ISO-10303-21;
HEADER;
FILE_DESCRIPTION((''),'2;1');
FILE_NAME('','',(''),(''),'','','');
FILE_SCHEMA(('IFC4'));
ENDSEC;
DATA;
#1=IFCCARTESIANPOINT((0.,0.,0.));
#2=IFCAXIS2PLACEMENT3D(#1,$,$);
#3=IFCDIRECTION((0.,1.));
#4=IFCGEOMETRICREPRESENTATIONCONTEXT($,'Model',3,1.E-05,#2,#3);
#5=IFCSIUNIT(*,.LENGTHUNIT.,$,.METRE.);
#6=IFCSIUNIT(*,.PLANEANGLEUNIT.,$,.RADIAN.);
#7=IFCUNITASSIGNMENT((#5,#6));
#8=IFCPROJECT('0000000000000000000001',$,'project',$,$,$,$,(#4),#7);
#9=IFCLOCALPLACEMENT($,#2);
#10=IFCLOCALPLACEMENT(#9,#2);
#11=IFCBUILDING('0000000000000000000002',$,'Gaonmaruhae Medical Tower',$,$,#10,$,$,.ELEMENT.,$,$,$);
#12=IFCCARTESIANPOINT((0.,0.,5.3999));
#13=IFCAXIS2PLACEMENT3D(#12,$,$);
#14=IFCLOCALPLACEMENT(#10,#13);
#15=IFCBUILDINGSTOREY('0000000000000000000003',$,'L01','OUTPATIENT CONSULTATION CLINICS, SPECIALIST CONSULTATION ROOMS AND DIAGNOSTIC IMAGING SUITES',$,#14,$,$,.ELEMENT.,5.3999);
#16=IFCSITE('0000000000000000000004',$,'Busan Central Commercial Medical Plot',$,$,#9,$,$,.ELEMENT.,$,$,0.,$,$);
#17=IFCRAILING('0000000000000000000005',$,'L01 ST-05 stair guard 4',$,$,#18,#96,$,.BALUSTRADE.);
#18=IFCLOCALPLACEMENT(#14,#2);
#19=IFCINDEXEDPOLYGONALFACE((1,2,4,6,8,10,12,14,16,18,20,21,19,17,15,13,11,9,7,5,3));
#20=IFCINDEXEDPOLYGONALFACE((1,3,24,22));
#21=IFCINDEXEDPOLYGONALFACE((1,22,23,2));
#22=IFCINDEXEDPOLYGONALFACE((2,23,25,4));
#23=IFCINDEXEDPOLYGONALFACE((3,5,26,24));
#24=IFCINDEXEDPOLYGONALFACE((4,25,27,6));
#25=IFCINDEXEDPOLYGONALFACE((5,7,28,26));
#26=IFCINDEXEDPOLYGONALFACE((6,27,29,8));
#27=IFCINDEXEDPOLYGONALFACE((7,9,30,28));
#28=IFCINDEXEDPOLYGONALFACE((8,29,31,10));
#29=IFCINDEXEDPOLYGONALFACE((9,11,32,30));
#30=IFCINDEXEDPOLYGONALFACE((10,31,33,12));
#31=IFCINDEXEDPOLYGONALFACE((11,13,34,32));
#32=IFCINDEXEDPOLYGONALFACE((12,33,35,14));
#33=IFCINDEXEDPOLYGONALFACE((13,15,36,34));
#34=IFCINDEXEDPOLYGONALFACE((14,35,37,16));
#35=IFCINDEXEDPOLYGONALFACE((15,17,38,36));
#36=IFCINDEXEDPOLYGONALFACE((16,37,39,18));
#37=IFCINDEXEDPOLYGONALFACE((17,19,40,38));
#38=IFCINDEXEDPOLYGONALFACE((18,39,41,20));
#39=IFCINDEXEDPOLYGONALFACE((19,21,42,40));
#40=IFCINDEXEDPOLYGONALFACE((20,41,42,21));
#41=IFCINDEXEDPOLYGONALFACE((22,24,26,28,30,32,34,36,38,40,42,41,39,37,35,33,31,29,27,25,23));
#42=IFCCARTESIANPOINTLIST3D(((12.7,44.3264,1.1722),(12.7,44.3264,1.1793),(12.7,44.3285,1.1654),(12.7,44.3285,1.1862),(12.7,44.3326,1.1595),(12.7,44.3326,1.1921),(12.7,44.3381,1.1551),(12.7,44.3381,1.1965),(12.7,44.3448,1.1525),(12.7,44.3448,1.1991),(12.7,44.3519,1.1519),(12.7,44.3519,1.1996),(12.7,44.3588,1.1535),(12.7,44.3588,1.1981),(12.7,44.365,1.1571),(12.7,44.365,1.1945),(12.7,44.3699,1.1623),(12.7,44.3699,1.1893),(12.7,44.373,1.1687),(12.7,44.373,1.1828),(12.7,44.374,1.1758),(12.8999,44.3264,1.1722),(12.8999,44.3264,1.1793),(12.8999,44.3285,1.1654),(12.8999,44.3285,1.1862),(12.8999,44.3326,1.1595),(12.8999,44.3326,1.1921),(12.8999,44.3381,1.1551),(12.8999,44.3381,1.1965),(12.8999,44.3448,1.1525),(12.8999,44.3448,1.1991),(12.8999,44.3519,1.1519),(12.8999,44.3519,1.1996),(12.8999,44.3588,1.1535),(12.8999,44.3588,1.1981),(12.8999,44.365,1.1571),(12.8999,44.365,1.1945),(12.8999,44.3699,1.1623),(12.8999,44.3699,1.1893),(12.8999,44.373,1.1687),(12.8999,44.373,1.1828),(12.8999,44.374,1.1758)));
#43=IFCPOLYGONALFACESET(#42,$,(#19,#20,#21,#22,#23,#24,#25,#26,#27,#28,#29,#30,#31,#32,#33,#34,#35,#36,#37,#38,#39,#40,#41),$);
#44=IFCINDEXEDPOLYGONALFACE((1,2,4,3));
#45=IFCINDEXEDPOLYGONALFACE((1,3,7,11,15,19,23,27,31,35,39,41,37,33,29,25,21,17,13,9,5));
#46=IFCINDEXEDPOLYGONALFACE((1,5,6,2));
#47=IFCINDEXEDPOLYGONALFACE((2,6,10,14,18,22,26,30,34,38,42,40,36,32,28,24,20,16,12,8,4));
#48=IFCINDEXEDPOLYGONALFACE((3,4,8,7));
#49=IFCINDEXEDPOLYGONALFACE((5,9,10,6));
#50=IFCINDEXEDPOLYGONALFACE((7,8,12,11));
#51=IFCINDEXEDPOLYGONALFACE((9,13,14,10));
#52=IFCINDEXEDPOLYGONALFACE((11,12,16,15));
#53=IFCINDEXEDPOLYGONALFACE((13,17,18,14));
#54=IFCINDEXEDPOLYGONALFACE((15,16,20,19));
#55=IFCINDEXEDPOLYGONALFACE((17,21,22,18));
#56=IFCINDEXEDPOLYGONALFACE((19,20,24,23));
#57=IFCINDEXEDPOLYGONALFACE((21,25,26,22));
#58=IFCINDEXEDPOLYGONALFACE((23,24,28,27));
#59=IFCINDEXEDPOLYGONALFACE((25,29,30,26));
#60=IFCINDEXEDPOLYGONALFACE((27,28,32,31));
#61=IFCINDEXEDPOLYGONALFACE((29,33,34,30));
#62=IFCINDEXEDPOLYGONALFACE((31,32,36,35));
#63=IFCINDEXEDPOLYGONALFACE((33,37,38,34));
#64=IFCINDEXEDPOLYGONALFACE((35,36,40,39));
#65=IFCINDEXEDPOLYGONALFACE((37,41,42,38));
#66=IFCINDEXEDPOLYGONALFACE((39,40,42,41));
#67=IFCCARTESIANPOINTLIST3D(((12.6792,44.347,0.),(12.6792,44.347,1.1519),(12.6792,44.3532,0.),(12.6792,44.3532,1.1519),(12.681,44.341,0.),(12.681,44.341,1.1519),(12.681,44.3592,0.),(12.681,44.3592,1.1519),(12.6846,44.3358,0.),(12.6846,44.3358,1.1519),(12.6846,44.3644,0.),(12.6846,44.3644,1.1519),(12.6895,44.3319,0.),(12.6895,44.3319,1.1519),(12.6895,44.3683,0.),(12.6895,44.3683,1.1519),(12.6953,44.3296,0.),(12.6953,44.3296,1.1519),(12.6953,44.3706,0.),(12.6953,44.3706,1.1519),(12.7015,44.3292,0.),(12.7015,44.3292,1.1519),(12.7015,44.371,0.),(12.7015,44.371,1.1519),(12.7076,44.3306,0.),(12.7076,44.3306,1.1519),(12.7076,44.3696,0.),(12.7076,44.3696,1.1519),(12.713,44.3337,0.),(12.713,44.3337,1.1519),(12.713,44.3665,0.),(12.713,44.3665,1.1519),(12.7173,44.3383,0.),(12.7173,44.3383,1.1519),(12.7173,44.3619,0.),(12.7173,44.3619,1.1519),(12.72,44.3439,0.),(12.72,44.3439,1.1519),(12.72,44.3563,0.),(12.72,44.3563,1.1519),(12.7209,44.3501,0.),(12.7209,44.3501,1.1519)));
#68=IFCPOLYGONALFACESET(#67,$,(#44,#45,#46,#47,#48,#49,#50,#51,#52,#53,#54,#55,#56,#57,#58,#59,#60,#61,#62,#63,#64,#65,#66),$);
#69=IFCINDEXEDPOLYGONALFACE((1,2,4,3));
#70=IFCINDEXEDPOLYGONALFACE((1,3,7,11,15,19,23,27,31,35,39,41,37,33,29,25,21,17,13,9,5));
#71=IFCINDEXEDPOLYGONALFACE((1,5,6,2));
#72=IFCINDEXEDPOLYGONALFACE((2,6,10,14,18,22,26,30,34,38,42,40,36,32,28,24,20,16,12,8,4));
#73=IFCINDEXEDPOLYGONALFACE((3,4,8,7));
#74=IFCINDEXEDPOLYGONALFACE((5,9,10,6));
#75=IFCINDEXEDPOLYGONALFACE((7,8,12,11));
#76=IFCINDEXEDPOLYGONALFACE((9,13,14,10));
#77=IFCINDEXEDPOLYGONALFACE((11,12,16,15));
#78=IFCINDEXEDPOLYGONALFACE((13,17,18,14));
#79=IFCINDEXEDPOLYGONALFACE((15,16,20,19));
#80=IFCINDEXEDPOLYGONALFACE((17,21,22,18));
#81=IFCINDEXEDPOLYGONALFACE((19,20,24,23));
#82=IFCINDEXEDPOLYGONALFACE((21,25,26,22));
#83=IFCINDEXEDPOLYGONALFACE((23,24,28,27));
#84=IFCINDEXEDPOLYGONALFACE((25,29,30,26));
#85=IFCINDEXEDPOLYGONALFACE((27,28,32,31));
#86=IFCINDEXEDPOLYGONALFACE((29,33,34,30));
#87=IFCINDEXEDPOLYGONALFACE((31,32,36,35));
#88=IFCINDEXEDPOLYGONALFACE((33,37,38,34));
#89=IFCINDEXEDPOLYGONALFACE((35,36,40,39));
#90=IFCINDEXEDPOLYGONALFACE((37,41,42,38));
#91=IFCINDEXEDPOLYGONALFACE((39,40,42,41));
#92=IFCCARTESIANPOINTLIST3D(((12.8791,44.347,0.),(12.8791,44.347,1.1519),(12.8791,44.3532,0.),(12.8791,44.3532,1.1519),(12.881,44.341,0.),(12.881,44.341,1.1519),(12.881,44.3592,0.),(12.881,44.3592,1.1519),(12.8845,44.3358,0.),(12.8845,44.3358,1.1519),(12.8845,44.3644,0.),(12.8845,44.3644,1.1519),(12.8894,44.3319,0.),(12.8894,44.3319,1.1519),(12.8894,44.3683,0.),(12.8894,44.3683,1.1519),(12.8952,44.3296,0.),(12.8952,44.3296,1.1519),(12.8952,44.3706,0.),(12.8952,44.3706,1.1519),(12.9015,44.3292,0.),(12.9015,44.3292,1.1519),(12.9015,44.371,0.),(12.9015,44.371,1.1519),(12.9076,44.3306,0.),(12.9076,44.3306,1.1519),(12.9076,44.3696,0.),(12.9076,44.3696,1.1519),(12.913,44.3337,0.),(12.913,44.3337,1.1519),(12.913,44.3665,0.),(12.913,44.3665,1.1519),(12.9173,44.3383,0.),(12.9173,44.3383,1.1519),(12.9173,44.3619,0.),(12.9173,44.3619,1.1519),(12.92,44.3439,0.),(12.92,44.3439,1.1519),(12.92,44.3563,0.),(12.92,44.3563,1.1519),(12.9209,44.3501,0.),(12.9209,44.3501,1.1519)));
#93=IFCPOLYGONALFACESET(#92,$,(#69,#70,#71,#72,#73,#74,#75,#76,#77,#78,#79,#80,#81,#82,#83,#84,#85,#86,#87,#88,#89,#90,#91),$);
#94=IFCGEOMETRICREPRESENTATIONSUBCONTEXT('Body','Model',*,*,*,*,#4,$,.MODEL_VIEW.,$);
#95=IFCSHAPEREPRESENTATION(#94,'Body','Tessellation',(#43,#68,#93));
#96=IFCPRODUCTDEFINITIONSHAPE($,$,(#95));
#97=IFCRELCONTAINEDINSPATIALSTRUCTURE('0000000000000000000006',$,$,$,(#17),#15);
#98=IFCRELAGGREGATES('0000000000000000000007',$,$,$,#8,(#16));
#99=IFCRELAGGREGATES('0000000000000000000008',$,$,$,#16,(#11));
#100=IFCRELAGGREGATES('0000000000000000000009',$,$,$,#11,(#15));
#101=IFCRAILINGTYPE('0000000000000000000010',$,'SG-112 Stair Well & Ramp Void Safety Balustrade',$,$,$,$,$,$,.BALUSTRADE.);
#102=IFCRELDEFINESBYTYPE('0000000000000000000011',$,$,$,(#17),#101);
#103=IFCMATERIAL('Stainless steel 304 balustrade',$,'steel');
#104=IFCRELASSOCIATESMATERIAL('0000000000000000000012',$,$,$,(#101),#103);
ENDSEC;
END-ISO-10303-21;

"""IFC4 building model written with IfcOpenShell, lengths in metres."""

from ifc_helpers import new_model, si_unit, direction, frame, origin, origin_2d, place, context, subcontext, project, spatial, circle, extrude, material, type_object, element, save


model = new_model("IFC4")

# Units and contexts
model_context = context("Model", 3, precision=1e-05, world=origin(), true_north=direction((0.0, 1.0)))
body_context = subcontext(model_context, "Body", "Model", "MODEL_VIEW")
ifc_project = project(units=[si_unit("LENGTHUNIT", "METRE"), si_unit("PLANEANGLEUNIT", "RADIAN")], contexts=[model_context])

# Site, building, storey
site_placement = place(None, origin())
site = spatial("IfcSite", under=ifc_project, at=site_placement, Name="Busan Central Commercial Medical Plot", CompositionType="ELEMENT", RefElevation=0.0)
building_placement = place(site_placement, origin())
building = spatial("IfcBuilding", under=site, at=building_placement, Name="Gaonmaruhae Medical Tower", CompositionType="ELEMENT")
storey_placement = place(building_placement, frame((0.0, 0.0, 5.3999)))
storey = spatial("IfcBuildingStorey", under=building, at=storey_placement, Name="L01", Description="OUTPATIENT CONSULTATION CLINICS, SPECIALIST CONSULTATION ROOMS AND DIAGNOSTIC IMAGING SUITES", CompositionType="ELEMENT", Elevation=5.3999)

# Railing
ifc_material_1 = material(Name="Stainless steel 304 balustrade", Category="steel")
railing_type_1 = type_object("IfcRailingType", Name="SG-112 Stair Well & Ramp Void Safety Balustrade", PredefinedType="BALUSTRADE", material=ifc_material_1)
railing_1_placement = place(storey_placement, frame((12.7, 44.3501, 0.0)))
element("IfcRailing", 1, at=railing_1_placement, inside=storey, type_object=railing_type_1, Name="L01 ST-05 stair guard 4", PredefinedType="BALUSTRADE", context=body_context, shape_type="SweptSolid", body=[
    extrude(circle(Radius=0.0239, at=origin_2d()), frame((0.0, 0.0, 1.1758), z_axis=(1.0, 0.0, 0.0), x_axis=(0.0, 1.0, 0.0)), (0.0, 0.0, 1.0), 0.2),
    extrude(circle(Radius=0.021, at=origin_2d()), origin(), (0.0, 0.0, 1.0), 1.1519),
    extrude(circle(Radius=0.021, at=origin_2d()), frame((0.2, 0.0, 0.0)), (0.0, 0.0, 1.0), 1.1519),
])

save(model, "model.ifc")
